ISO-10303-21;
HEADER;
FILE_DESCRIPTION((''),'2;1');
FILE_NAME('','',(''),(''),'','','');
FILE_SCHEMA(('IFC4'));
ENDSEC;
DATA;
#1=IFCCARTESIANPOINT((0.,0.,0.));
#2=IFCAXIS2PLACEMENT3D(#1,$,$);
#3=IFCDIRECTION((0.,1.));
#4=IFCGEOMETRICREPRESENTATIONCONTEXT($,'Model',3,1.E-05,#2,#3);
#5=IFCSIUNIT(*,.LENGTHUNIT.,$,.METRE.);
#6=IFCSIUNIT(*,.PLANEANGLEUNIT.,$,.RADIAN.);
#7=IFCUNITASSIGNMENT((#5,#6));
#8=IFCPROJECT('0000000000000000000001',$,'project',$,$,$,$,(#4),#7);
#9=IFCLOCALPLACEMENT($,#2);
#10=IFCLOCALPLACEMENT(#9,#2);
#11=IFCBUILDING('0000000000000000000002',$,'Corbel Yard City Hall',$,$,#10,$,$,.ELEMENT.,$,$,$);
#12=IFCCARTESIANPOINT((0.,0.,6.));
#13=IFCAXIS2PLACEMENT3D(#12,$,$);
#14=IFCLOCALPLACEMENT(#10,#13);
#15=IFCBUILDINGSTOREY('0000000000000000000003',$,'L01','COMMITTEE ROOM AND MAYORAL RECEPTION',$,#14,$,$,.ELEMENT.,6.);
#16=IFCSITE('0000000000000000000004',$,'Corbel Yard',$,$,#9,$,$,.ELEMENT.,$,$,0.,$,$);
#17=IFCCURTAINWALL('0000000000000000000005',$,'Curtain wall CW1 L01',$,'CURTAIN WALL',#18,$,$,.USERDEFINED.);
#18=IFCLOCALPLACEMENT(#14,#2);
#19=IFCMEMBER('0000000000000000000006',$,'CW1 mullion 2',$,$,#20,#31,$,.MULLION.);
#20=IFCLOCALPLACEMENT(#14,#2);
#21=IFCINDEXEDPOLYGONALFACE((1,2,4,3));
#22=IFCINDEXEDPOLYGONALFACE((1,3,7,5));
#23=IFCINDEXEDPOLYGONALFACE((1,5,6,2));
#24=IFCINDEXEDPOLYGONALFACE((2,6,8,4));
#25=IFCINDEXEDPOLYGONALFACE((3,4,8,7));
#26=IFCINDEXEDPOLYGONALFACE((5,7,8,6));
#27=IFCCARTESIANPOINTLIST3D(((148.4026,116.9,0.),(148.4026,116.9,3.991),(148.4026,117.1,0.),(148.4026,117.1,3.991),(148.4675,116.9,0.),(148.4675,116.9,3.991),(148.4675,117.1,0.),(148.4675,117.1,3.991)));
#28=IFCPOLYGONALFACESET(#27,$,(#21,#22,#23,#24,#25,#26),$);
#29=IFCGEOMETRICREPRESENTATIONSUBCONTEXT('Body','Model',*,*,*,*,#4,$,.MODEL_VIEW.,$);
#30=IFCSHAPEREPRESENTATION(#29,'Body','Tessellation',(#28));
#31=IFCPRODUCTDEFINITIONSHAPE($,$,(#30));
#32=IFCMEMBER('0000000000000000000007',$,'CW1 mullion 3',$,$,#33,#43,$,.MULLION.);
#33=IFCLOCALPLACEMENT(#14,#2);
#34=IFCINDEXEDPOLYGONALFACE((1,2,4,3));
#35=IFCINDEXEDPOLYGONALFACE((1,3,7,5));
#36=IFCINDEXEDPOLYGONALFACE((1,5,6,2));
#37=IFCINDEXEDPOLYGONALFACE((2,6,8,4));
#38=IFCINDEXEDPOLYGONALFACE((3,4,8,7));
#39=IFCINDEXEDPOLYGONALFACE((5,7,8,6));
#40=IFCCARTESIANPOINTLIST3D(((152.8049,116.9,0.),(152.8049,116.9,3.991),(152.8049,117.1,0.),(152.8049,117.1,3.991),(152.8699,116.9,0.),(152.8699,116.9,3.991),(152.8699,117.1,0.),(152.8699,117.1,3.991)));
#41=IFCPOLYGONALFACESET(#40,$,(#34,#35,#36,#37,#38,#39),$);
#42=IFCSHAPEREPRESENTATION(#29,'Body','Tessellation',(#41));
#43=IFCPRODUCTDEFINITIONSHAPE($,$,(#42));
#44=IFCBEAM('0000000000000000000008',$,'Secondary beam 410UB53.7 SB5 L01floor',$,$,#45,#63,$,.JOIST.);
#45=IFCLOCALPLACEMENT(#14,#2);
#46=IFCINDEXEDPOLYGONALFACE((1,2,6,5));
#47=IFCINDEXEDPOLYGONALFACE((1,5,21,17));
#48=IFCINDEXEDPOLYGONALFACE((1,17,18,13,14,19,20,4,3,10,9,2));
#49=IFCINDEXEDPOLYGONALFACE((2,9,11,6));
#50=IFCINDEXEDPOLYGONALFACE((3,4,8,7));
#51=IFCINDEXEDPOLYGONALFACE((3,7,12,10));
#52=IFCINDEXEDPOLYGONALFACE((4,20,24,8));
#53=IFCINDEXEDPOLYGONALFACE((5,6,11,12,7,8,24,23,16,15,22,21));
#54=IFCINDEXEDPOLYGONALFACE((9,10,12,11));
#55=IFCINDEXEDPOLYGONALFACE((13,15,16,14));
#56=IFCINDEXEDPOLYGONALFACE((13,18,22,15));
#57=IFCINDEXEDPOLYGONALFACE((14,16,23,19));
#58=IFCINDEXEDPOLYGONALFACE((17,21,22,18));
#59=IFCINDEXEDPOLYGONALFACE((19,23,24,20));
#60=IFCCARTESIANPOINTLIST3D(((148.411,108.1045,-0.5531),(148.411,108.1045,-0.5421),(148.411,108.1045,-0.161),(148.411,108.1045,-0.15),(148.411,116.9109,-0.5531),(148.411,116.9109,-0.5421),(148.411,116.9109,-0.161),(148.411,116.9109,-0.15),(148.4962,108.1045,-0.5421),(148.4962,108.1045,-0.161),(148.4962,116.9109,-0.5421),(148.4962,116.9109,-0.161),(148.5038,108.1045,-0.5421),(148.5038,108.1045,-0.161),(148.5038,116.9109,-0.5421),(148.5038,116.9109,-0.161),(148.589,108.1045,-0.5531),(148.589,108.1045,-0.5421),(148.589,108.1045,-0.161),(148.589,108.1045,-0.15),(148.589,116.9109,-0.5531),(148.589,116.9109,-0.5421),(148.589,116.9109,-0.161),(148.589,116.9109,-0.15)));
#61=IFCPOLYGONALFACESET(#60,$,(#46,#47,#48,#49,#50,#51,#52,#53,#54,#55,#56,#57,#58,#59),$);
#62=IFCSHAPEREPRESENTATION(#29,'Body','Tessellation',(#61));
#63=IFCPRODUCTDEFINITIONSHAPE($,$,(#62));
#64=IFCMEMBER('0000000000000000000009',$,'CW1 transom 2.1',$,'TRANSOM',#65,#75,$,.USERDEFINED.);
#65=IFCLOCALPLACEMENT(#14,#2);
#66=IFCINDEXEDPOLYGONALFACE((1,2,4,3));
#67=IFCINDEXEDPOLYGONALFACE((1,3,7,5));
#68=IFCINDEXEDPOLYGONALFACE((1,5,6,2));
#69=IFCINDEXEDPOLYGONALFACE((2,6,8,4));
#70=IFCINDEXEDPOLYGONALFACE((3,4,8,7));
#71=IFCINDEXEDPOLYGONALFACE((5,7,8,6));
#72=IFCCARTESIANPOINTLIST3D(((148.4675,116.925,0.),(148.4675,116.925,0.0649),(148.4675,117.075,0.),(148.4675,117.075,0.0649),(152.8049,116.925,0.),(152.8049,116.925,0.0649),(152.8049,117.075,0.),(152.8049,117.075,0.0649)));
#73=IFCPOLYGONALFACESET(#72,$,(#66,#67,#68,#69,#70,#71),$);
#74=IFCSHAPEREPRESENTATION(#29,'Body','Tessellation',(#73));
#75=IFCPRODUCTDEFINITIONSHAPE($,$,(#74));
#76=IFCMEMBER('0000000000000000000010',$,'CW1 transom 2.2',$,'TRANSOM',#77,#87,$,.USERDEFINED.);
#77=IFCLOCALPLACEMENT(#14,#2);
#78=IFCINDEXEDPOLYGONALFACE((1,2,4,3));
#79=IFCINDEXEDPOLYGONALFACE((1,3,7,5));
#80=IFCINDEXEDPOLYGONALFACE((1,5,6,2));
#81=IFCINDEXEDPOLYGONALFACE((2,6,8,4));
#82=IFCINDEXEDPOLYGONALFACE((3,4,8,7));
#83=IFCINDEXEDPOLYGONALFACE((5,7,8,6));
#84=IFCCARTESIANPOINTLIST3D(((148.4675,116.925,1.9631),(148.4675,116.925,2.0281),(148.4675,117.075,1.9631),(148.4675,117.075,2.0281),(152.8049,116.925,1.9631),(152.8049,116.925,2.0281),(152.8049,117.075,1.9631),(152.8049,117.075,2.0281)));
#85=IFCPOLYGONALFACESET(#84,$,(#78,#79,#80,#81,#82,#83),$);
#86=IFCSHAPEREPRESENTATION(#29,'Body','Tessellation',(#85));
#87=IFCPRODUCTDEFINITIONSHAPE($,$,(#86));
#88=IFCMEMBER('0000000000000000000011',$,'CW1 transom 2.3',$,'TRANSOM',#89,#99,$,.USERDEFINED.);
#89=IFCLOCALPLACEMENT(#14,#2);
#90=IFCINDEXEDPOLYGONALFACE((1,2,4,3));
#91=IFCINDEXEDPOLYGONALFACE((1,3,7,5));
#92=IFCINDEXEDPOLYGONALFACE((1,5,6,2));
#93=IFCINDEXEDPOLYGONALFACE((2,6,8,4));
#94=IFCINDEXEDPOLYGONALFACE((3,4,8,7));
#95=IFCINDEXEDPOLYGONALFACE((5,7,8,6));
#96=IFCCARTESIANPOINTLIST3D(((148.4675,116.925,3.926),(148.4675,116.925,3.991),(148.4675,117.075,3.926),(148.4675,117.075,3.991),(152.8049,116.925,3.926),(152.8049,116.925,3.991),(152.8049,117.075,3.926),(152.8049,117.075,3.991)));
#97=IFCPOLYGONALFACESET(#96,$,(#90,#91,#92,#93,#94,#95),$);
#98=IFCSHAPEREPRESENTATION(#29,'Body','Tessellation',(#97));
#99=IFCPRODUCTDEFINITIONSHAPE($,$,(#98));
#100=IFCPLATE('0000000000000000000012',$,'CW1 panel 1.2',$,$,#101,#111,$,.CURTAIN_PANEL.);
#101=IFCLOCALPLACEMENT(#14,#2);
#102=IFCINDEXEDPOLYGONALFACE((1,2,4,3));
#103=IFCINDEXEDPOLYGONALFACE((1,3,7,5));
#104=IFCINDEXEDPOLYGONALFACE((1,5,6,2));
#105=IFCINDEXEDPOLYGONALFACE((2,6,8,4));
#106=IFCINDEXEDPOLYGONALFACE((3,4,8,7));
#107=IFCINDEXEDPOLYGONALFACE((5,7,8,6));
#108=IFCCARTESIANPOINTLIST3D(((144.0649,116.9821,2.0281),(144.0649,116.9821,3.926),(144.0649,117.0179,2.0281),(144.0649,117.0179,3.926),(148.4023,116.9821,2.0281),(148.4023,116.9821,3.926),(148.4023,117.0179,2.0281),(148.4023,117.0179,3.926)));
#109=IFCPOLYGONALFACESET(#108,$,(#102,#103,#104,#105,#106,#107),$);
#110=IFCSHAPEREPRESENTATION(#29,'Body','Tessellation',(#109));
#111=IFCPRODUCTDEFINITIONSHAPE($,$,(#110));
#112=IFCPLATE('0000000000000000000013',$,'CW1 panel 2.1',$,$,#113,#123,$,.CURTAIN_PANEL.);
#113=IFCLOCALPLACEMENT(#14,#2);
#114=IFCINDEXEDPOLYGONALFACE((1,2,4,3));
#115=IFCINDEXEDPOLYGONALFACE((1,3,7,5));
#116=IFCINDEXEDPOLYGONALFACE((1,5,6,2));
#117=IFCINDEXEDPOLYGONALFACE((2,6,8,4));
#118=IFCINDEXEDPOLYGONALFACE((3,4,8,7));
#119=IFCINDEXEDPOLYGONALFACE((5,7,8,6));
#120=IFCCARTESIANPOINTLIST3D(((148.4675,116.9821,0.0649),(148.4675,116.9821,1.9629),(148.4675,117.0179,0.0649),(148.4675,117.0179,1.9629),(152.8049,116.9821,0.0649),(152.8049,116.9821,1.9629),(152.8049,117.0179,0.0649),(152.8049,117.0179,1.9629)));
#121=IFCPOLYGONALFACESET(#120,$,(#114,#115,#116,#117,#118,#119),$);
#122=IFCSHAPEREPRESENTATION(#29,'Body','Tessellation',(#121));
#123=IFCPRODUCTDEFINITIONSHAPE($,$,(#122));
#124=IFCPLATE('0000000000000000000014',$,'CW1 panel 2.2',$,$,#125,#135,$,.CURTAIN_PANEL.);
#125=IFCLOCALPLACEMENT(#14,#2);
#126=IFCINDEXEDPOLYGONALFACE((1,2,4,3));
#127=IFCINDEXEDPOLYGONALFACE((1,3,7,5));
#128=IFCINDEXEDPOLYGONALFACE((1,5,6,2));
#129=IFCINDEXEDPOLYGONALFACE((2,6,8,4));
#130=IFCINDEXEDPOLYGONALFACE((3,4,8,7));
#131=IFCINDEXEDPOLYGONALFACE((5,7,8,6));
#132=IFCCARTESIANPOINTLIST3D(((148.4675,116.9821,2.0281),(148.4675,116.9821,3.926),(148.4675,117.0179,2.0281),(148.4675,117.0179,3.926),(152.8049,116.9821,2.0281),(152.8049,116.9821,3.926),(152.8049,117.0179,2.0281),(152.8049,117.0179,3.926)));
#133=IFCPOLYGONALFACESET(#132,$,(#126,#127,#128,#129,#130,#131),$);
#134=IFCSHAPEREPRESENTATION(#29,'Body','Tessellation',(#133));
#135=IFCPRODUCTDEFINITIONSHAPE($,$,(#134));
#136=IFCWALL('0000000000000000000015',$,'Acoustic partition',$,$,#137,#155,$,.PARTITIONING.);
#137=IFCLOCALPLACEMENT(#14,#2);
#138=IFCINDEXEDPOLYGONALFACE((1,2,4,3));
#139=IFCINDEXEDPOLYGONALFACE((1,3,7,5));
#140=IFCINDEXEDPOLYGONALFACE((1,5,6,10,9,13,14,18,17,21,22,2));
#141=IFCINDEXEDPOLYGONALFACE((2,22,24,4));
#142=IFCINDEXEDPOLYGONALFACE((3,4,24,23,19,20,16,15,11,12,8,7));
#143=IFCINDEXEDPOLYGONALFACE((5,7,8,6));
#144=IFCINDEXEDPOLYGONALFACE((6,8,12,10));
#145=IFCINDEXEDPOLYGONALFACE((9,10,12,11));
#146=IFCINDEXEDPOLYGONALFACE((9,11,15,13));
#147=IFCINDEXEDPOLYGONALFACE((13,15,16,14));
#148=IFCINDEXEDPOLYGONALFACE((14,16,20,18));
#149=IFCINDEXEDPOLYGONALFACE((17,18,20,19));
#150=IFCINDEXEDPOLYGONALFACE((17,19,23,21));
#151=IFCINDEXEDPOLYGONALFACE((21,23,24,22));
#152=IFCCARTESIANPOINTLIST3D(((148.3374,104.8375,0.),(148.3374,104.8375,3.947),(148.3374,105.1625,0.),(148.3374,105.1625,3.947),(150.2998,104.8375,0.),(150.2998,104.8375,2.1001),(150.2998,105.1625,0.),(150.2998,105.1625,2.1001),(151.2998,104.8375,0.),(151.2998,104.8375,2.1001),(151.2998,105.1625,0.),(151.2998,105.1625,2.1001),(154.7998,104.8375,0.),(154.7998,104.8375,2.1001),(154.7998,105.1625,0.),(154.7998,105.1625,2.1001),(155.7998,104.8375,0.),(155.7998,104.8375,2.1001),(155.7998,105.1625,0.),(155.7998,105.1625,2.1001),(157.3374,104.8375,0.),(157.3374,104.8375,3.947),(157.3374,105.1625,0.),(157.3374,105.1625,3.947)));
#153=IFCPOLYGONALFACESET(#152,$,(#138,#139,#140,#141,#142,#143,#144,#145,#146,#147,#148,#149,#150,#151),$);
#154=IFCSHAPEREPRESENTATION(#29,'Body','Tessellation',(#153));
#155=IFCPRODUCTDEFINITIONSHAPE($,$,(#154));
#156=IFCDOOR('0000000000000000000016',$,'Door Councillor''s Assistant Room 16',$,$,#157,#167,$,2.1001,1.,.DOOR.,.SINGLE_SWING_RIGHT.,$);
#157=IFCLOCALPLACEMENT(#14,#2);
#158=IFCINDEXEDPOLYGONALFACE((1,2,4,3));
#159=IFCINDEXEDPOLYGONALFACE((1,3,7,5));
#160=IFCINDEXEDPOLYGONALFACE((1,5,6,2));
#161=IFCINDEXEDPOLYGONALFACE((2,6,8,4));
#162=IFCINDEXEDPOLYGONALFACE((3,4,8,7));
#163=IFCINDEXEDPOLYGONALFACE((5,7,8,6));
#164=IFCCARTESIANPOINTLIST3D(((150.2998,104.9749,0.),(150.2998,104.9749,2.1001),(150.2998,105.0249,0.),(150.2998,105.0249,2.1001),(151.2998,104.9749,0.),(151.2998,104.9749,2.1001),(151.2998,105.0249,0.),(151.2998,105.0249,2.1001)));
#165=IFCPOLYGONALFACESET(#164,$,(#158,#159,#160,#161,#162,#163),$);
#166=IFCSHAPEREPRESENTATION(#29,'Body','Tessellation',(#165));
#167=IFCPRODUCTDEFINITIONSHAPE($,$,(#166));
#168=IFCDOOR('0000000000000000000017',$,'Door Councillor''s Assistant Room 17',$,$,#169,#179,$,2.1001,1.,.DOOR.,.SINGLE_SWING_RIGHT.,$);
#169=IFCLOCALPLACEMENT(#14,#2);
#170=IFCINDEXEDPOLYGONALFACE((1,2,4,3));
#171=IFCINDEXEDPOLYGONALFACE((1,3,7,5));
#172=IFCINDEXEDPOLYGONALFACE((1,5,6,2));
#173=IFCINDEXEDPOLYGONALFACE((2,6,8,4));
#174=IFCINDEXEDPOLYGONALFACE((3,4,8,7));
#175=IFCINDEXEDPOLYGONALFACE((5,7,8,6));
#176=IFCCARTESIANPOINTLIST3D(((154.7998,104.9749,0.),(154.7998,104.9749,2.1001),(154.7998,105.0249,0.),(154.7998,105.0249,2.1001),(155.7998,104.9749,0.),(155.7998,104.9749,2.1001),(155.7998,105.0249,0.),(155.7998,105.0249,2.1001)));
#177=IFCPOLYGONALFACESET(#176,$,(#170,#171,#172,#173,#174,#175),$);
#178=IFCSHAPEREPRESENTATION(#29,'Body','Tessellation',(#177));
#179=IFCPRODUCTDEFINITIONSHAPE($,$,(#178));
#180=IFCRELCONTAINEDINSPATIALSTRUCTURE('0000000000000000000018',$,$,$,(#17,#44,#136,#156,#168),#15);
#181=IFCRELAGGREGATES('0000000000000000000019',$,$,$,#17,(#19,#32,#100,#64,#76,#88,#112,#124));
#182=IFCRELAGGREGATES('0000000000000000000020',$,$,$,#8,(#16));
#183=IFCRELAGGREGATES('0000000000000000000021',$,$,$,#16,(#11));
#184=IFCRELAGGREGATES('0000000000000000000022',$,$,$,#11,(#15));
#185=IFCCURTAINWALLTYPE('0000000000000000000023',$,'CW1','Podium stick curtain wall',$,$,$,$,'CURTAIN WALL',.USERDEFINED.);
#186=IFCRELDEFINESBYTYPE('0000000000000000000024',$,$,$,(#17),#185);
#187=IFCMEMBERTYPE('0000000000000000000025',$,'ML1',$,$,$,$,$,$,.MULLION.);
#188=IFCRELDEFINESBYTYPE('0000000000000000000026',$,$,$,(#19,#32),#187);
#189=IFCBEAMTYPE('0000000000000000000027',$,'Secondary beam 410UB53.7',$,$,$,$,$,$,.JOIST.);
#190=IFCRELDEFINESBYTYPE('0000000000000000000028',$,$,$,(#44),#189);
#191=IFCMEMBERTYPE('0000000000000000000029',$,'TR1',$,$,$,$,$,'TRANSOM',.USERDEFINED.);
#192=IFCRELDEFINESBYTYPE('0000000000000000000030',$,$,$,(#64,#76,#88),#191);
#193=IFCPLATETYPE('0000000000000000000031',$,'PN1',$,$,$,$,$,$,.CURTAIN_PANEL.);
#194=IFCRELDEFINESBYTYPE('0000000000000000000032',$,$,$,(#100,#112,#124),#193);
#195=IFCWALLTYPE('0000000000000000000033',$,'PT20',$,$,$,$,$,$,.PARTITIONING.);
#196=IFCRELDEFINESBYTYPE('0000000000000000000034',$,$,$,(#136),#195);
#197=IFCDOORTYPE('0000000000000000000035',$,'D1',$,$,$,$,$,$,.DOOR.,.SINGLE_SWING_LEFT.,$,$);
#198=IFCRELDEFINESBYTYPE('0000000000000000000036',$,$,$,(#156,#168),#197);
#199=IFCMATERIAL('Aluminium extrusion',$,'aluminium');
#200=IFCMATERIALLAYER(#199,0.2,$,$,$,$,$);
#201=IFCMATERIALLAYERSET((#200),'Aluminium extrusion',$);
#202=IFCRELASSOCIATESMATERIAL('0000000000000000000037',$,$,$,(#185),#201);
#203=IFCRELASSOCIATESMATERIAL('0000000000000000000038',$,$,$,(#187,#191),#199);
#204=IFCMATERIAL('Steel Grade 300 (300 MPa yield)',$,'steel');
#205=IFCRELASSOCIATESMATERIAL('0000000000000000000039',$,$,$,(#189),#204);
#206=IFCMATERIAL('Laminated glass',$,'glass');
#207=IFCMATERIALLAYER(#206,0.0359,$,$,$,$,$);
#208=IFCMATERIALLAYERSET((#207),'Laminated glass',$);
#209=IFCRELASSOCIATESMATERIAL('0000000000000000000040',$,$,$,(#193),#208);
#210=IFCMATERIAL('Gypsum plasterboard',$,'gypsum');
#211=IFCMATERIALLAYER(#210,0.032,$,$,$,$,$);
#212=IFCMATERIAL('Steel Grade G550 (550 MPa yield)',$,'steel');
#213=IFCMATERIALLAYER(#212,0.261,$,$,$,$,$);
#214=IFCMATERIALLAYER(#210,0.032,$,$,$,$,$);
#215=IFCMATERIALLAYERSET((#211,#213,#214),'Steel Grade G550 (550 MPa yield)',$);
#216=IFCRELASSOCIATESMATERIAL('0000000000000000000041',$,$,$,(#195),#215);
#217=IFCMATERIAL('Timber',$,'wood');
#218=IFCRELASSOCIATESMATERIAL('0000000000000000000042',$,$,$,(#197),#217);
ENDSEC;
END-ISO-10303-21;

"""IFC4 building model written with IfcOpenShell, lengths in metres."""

from ifc_helpers import new_model, si_unit, direction, frame, frame_2d, origin, origin_2d, place, context, subcontext, project, spatial, rectangle, i_section, extrude, material, layer, layer_set, material_profile, profile_set, type_object, element, fill, aggregate, save


model = new_model("IFC4")

# Units and contexts
model_context = context("Model", 3, precision=1e-05, world=origin(), true_north=direction((0.0, 1.0)))
body_context = subcontext(model_context, "Body", "Model", "MODEL_VIEW")
ifc_project = project(units=[si_unit("LENGTHUNIT", "METRE"), si_unit("PLANEANGLEUNIT", "RADIAN")], contexts=[model_context])

# Site, building, storey
site_placement = place(None, origin())
site = spatial("IfcSite", under=ifc_project, at=site_placement, Name="Corbel Yard", CompositionType="ELEMENT", RefElevation=0.0)
building_placement = place(site_placement, origin())
building = spatial("IfcBuilding", under=site, at=building_placement, Name="Corbel Yard City Hall", CompositionType="ELEMENT")
storey_placement = place(building_placement, frame((0.0, 0.0, 6.0)))
storey = spatial("IfcBuildingStorey", under=building, at=storey_placement, Name="L01", Description="COMMITTEE ROOM AND MAYORAL RECEPTION", CompositionType="ELEMENT", Elevation=6.0)

# Curtain wall, members
ifc_material_1 = material(Name="Aluminium extrusion", Category="aluminium")
ifc_layer_1 = layer(ifc_material_1, 0.2)
ifc_layer_set_1 = layer_set([ifc_layer_1], Name="Aluminium extrusion")
curtain_wall_type = type_object("IfcCurtainWallType", Name="CW1", Description="Podium stick curtain wall", ElementType="CURTAIN WALL", PredefinedType="USERDEFINED", material=ifc_layer_set_1)
curtain_wall_placement = place(storey_placement, origin())
curtain_wall = element("IfcCurtainWall", 1, at=curtain_wall_placement, inside=storey, type_object=curtain_wall_type, Name="Curtain wall CW1 L01", ObjectType="CURTAIN WALL", PredefinedType="USERDEFINED")
ifc_material_profile_1 = material_profile(ifc_material_1, rectangle(XDim=0.2, YDim=0.0649, at=origin_2d()), Name="200x65")
ifc_profile_set_1 = profile_set([ifc_material_profile_1], Name="Aluminium extrusion")
member_type_1 = type_object("IfcMemberType", Name="ML1", PredefinedType="MULLION", material=ifc_profile_set_1)
member_1_placement = place(storey_placement, frame((148.4351, 117.0, 0.0), z_axis=(0.0, 0.0, 1.0), x_axis=(0.0, 1.0, 0.0)))
member_1 = element("IfcMember", 2, at=member_1_placement, type_object=member_type_1, Name="CW1 mullion 2", PredefinedType="MULLION", context=body_context, shape_type="SweptSolid", body=[
    extrude(rectangle(XDim=0.2, YDim=0.0649, at=origin_2d()), origin(), (0.0, 0.0, 1.0), 3.991),
])
member_2_placement = place(storey_placement, frame((152.8374, 117.0, 0.0), z_axis=(0.0, 0.0, 1.0), x_axis=(0.0, 1.0, 0.0)))
member_2 = element("IfcMember", 3, at=member_2_placement, type_object=member_type_1, Name="CW1 mullion 3", PredefinedType="MULLION", context=body_context, shape_type="SweptSolid", body=[
    extrude(rectangle(XDim=0.2, YDim=0.0649, at=origin_2d()), origin(), (0.0, 0.0, 1.0), 3.991),
])

# Beam
ifc_material_2 = material(Name="Steel Grade 300 (300 MPa yield)", Category="steel")
ifc_material_profile_2 = material_profile(ifc_material_2, i_section(OverallWidth=0.178, OverallDepth=0.4031, WebThickness=0.0076, FlangeThickness=0.011, at=origin_2d()), Name="410UB53.7")
ifc_profile_set_2 = profile_set([ifc_material_profile_2], Name="Steel Grade 300 (300 MPa yield)")
beam_type = type_object("IfcBeamType", Name="Secondary beam 410UB53.7", PredefinedType="JOIST", material=ifc_profile_set_2)
beam_placement = place(storey_placement, frame((148.5, 108.1045, -0.3516), z_axis=(0.0, 1.0, 0.0), x_axis=(-1.0, 0.0, 0.0)))
element("IfcBeam", 4, at=beam_placement, inside=storey, type_object=beam_type, Name="Secondary beam 410UB53.7 SB5 L01floor", PredefinedType="JOIST", context=body_context, shape_type="SweptSolid", body=[
    extrude(i_section(OverallWidth=0.178, OverallDepth=0.4031, WebThickness=0.0076, FlangeThickness=0.011, at=origin_2d()), origin(), (0.0, 0.0, 1.0), 8.8064),
])

# Members
ifc_material_profile_3 = material_profile(ifc_material_1, rectangle(XDim=0.1499, YDim=0.0649, at=origin_2d()), Name="150x65")
ifc_profile_set_3 = profile_set([ifc_material_profile_3], Name="Aluminium extrusion")
member_type_2 = type_object("IfcMemberType", Name="TR1", ElementType="TRANSOM", PredefinedType="USERDEFINED", material=ifc_profile_set_3)
member_3_placement = place(storey_placement, frame((148.4675, 117.0, 0.0325), z_axis=(1.0, 0.0, 0.0), x_axis=(0.0, 1.0, 0.0)))
member_3 = element("IfcMember", 5, at=member_3_placement, type_object=member_type_2, Name="CW1 transom 2.1", ObjectType="TRANSOM", PredefinedType="USERDEFINED", context=body_context, shape_type="SweptSolid", body=[
    extrude(rectangle(XDim=0.1499, YDim=0.0649, at=origin_2d()), origin(), (0.0, 0.0, 1.0), 4.3374),
])
member_4_placement = place(storey_placement, frame((148.4675, 117.0, 1.9956), z_axis=(1.0, 0.0, 0.0), x_axis=(0.0, 1.0, 0.0)))
member_4 = element("IfcMember", 6, at=member_4_placement, type_object=member_type_2, Name="CW1 transom 2.2", ObjectType="TRANSOM", PredefinedType="USERDEFINED", context=body_context, shape_type="SweptSolid", body=[
    extrude(rectangle(XDim=0.1499, YDim=0.0649, at=origin_2d()), origin(), (0.0, 0.0, 1.0), 4.3374),
])
member_5_placement = place(storey_placement, frame((148.4675, 117.0, 3.9585), z_axis=(1.0, 0.0, 0.0), x_axis=(0.0, 1.0, 0.0)))
member_5 = element("IfcMember", 7, at=member_5_placement, type_object=member_type_2, Name="CW1 transom 2.3", ObjectType="TRANSOM", PredefinedType="USERDEFINED", context=body_context, shape_type="SweptSolid", body=[
    extrude(rectangle(XDim=0.1499, YDim=0.0649, at=origin_2d()), origin(), (0.0, 0.0, 1.0), 4.3374),
])

# Plates
ifc_material_3 = material(Name="Laminated glass", Category="glass")
ifc_layer_2 = layer(ifc_material_3, 0.0359)
ifc_layer_set_2 = layer_set([ifc_layer_2], Name="Laminated glass")
plate_type = type_object("IfcPlateType", Name="PN1", PredefinedType="CURTAIN_PANEL", material=ifc_layer_set_2)
plate_1_placement = place(storey_placement, frame((146.2336, 117.0, 2.0281), z_axis=(0.0, 0.0, 1.0), x_axis=(1.0, 0.0, 0.0)))
plate_1 = element("IfcPlate", 8, at=plate_1_placement, type_object=plate_type, Name="CW1 panel 1.2", PredefinedType="CURTAIN_PANEL", context=body_context, shape_type="SweptSolid", body=[
    extrude(rectangle(XDim=4.3374, YDim=0.0359, at=origin_2d()), origin(), (0.0, 0.0, 1.0), 1.8979),
])
plate_2_placement = place(storey_placement, frame((150.6362, 117.0, 0.0649), z_axis=(0.0, 0.0, 1.0), x_axis=(1.0, 0.0, 0.0)))
plate_2 = element("IfcPlate", 9, at=plate_2_placement, type_object=plate_type, Name="CW1 panel 2.1", PredefinedType="CURTAIN_PANEL", context=body_context, shape_type="SweptSolid", body=[
    extrude(rectangle(XDim=4.3374, YDim=0.0359, at=origin_2d()), origin(), (0.0, 0.0, 1.0), 1.8979),
])
plate_3_placement = place(storey_placement, frame((150.6362, 117.0, 2.0281), z_axis=(0.0, 0.0, 1.0), x_axis=(1.0, 0.0, 0.0)))
plate_3 = element("IfcPlate", 10, at=plate_3_placement, type_object=plate_type, Name="CW1 panel 2.2", PredefinedType="CURTAIN_PANEL", context=body_context, shape_type="SweptSolid", body=[
    extrude(rectangle(XDim=4.3374, YDim=0.0359, at=origin_2d()), origin(), (0.0, 0.0, 1.0), 1.8979),
])
aggregate(curtain_wall, [member_1, member_2, plate_1, member_3, member_4, member_5, plate_2, plate_3])

# Wall, openings, doors
ifc_material_4 = material(Name="Gypsum plasterboard", Category="gypsum")
ifc_layer_3 = layer(ifc_material_4, 0.032)
ifc_material_5 = material(Name="Steel Grade G550 (550 MPa yield)", Category="steel")
ifc_layer_4 = layer(ifc_material_5, 0.261)
ifc_layer_5 = layer(ifc_material_4, 0.032)
ifc_layer_set_3 = layer_set([ifc_layer_3, ifc_layer_4, ifc_layer_5], Name="Steel Grade G550 (550 MPa yield)")
wall_type_1 = type_object("IfcWallType", Name="PT20", PredefinedType="PARTITIONING", material=ifc_layer_set_3)
wall_1_placement = place(storey_placement, frame((148.3374, 105.0, 0.0), z_axis=(0.0, 0.0, 1.0), x_axis=(1.0, 0.0, 0.0)))
wall_1 = element("IfcWall", 11, at=wall_1_placement, inside=storey, type_object=wall_type_1, Name="Acoustic partition", PredefinedType="PARTITIONING", context=body_context, shape_type="SweptSolid", body=[
    extrude(rectangle(XDim=9.0, YDim=0.325, at=frame_2d((4.5, 0.0))), origin(), (0.0, 0.0, 1.0), 3.947),
])
opening_1_placement = place(wall_1_placement, frame((1.9624, 0.0, 0.0)))
opening_1 = element("IfcOpeningElement", 12, at=opening_1_placement, cuts=wall_1, PredefinedType="OPENING", context=body_context, shape_type="SweptSolid", body=[
    extrude(rectangle(XDim=1.0, YDim=2.1001, at=frame_2d((0.5, 1.05))), frame((0.0, 0.1724, 0.0), z_axis=(0.0, -1.0, 0.0), x_axis=(1.0, 0.0, 0.0)), (0.0, 0.0, 1.0), 0.345),
])
opening_2_placement = place(wall_1_placement, frame((6.4624, 0.0, 0.0)))
opening_2 = element("IfcOpeningElement", 13, at=opening_2_placement, cuts=wall_1, PredefinedType="OPENING", context=body_context, shape_type="SweptSolid", body=[
    extrude(rectangle(XDim=1.0, YDim=2.1001, at=frame_2d((0.5, 1.05))), frame((0.0, 0.1724, 0.0), z_axis=(0.0, -1.0, 0.0), x_axis=(1.0, 0.0, 0.0)), (0.0, 0.0, 1.0), 0.345),
])
ifc_material_6 = material(Name="Timber", Category="wood")
door_type = type_object("IfcDoorType", Name="D1", OperationType="SINGLE_SWING_LEFT", PredefinedType="DOOR", material=ifc_material_6)
door_1_placement = place(opening_1_placement, origin())
door_1 = element("IfcDoor", 14, at=door_1_placement, inside=storey, type_object=door_type, Name="Door Councillor's Assistant Room 16", OperationType="SINGLE_SWING_RIGHT", OverallHeight=2.1001, OverallWidth=1.0, PredefinedType="DOOR", context=body_context, shape_type="SweptSolid", body=[
    extrude(rectangle(XDim=1.0, YDim=2.1001, at=frame_2d((0.5, 1.05))), frame((0.0, 0.0249, 0.0), z_axis=(0.0, -1.0, 0.0), x_axis=(1.0, 0.0, 0.0)), (0.0, 0.0, 1.0), 0.05),
])
fill(opening_1, door_1)
door_2_placement = place(opening_2_placement, origin())
door_2 = element("IfcDoor", 15, at=door_2_placement, inside=storey, type_object=door_type, Name="Door Councillor's Assistant Room 17", OperationType="SINGLE_SWING_RIGHT", OverallHeight=2.1001, OverallWidth=1.0, PredefinedType="DOOR", context=body_context, shape_type="SweptSolid", body=[
    extrude(rectangle(XDim=1.0, YDim=2.1001, at=frame_2d((0.5, 1.05))), frame((0.0, 0.0249, 0.0), z_axis=(0.0, -1.0, 0.0), x_axis=(1.0, 0.0, 0.0)), (0.0, 0.0, 1.0), 0.05),
])
fill(opening_2, door_2)

save(model, "model.ifc")
